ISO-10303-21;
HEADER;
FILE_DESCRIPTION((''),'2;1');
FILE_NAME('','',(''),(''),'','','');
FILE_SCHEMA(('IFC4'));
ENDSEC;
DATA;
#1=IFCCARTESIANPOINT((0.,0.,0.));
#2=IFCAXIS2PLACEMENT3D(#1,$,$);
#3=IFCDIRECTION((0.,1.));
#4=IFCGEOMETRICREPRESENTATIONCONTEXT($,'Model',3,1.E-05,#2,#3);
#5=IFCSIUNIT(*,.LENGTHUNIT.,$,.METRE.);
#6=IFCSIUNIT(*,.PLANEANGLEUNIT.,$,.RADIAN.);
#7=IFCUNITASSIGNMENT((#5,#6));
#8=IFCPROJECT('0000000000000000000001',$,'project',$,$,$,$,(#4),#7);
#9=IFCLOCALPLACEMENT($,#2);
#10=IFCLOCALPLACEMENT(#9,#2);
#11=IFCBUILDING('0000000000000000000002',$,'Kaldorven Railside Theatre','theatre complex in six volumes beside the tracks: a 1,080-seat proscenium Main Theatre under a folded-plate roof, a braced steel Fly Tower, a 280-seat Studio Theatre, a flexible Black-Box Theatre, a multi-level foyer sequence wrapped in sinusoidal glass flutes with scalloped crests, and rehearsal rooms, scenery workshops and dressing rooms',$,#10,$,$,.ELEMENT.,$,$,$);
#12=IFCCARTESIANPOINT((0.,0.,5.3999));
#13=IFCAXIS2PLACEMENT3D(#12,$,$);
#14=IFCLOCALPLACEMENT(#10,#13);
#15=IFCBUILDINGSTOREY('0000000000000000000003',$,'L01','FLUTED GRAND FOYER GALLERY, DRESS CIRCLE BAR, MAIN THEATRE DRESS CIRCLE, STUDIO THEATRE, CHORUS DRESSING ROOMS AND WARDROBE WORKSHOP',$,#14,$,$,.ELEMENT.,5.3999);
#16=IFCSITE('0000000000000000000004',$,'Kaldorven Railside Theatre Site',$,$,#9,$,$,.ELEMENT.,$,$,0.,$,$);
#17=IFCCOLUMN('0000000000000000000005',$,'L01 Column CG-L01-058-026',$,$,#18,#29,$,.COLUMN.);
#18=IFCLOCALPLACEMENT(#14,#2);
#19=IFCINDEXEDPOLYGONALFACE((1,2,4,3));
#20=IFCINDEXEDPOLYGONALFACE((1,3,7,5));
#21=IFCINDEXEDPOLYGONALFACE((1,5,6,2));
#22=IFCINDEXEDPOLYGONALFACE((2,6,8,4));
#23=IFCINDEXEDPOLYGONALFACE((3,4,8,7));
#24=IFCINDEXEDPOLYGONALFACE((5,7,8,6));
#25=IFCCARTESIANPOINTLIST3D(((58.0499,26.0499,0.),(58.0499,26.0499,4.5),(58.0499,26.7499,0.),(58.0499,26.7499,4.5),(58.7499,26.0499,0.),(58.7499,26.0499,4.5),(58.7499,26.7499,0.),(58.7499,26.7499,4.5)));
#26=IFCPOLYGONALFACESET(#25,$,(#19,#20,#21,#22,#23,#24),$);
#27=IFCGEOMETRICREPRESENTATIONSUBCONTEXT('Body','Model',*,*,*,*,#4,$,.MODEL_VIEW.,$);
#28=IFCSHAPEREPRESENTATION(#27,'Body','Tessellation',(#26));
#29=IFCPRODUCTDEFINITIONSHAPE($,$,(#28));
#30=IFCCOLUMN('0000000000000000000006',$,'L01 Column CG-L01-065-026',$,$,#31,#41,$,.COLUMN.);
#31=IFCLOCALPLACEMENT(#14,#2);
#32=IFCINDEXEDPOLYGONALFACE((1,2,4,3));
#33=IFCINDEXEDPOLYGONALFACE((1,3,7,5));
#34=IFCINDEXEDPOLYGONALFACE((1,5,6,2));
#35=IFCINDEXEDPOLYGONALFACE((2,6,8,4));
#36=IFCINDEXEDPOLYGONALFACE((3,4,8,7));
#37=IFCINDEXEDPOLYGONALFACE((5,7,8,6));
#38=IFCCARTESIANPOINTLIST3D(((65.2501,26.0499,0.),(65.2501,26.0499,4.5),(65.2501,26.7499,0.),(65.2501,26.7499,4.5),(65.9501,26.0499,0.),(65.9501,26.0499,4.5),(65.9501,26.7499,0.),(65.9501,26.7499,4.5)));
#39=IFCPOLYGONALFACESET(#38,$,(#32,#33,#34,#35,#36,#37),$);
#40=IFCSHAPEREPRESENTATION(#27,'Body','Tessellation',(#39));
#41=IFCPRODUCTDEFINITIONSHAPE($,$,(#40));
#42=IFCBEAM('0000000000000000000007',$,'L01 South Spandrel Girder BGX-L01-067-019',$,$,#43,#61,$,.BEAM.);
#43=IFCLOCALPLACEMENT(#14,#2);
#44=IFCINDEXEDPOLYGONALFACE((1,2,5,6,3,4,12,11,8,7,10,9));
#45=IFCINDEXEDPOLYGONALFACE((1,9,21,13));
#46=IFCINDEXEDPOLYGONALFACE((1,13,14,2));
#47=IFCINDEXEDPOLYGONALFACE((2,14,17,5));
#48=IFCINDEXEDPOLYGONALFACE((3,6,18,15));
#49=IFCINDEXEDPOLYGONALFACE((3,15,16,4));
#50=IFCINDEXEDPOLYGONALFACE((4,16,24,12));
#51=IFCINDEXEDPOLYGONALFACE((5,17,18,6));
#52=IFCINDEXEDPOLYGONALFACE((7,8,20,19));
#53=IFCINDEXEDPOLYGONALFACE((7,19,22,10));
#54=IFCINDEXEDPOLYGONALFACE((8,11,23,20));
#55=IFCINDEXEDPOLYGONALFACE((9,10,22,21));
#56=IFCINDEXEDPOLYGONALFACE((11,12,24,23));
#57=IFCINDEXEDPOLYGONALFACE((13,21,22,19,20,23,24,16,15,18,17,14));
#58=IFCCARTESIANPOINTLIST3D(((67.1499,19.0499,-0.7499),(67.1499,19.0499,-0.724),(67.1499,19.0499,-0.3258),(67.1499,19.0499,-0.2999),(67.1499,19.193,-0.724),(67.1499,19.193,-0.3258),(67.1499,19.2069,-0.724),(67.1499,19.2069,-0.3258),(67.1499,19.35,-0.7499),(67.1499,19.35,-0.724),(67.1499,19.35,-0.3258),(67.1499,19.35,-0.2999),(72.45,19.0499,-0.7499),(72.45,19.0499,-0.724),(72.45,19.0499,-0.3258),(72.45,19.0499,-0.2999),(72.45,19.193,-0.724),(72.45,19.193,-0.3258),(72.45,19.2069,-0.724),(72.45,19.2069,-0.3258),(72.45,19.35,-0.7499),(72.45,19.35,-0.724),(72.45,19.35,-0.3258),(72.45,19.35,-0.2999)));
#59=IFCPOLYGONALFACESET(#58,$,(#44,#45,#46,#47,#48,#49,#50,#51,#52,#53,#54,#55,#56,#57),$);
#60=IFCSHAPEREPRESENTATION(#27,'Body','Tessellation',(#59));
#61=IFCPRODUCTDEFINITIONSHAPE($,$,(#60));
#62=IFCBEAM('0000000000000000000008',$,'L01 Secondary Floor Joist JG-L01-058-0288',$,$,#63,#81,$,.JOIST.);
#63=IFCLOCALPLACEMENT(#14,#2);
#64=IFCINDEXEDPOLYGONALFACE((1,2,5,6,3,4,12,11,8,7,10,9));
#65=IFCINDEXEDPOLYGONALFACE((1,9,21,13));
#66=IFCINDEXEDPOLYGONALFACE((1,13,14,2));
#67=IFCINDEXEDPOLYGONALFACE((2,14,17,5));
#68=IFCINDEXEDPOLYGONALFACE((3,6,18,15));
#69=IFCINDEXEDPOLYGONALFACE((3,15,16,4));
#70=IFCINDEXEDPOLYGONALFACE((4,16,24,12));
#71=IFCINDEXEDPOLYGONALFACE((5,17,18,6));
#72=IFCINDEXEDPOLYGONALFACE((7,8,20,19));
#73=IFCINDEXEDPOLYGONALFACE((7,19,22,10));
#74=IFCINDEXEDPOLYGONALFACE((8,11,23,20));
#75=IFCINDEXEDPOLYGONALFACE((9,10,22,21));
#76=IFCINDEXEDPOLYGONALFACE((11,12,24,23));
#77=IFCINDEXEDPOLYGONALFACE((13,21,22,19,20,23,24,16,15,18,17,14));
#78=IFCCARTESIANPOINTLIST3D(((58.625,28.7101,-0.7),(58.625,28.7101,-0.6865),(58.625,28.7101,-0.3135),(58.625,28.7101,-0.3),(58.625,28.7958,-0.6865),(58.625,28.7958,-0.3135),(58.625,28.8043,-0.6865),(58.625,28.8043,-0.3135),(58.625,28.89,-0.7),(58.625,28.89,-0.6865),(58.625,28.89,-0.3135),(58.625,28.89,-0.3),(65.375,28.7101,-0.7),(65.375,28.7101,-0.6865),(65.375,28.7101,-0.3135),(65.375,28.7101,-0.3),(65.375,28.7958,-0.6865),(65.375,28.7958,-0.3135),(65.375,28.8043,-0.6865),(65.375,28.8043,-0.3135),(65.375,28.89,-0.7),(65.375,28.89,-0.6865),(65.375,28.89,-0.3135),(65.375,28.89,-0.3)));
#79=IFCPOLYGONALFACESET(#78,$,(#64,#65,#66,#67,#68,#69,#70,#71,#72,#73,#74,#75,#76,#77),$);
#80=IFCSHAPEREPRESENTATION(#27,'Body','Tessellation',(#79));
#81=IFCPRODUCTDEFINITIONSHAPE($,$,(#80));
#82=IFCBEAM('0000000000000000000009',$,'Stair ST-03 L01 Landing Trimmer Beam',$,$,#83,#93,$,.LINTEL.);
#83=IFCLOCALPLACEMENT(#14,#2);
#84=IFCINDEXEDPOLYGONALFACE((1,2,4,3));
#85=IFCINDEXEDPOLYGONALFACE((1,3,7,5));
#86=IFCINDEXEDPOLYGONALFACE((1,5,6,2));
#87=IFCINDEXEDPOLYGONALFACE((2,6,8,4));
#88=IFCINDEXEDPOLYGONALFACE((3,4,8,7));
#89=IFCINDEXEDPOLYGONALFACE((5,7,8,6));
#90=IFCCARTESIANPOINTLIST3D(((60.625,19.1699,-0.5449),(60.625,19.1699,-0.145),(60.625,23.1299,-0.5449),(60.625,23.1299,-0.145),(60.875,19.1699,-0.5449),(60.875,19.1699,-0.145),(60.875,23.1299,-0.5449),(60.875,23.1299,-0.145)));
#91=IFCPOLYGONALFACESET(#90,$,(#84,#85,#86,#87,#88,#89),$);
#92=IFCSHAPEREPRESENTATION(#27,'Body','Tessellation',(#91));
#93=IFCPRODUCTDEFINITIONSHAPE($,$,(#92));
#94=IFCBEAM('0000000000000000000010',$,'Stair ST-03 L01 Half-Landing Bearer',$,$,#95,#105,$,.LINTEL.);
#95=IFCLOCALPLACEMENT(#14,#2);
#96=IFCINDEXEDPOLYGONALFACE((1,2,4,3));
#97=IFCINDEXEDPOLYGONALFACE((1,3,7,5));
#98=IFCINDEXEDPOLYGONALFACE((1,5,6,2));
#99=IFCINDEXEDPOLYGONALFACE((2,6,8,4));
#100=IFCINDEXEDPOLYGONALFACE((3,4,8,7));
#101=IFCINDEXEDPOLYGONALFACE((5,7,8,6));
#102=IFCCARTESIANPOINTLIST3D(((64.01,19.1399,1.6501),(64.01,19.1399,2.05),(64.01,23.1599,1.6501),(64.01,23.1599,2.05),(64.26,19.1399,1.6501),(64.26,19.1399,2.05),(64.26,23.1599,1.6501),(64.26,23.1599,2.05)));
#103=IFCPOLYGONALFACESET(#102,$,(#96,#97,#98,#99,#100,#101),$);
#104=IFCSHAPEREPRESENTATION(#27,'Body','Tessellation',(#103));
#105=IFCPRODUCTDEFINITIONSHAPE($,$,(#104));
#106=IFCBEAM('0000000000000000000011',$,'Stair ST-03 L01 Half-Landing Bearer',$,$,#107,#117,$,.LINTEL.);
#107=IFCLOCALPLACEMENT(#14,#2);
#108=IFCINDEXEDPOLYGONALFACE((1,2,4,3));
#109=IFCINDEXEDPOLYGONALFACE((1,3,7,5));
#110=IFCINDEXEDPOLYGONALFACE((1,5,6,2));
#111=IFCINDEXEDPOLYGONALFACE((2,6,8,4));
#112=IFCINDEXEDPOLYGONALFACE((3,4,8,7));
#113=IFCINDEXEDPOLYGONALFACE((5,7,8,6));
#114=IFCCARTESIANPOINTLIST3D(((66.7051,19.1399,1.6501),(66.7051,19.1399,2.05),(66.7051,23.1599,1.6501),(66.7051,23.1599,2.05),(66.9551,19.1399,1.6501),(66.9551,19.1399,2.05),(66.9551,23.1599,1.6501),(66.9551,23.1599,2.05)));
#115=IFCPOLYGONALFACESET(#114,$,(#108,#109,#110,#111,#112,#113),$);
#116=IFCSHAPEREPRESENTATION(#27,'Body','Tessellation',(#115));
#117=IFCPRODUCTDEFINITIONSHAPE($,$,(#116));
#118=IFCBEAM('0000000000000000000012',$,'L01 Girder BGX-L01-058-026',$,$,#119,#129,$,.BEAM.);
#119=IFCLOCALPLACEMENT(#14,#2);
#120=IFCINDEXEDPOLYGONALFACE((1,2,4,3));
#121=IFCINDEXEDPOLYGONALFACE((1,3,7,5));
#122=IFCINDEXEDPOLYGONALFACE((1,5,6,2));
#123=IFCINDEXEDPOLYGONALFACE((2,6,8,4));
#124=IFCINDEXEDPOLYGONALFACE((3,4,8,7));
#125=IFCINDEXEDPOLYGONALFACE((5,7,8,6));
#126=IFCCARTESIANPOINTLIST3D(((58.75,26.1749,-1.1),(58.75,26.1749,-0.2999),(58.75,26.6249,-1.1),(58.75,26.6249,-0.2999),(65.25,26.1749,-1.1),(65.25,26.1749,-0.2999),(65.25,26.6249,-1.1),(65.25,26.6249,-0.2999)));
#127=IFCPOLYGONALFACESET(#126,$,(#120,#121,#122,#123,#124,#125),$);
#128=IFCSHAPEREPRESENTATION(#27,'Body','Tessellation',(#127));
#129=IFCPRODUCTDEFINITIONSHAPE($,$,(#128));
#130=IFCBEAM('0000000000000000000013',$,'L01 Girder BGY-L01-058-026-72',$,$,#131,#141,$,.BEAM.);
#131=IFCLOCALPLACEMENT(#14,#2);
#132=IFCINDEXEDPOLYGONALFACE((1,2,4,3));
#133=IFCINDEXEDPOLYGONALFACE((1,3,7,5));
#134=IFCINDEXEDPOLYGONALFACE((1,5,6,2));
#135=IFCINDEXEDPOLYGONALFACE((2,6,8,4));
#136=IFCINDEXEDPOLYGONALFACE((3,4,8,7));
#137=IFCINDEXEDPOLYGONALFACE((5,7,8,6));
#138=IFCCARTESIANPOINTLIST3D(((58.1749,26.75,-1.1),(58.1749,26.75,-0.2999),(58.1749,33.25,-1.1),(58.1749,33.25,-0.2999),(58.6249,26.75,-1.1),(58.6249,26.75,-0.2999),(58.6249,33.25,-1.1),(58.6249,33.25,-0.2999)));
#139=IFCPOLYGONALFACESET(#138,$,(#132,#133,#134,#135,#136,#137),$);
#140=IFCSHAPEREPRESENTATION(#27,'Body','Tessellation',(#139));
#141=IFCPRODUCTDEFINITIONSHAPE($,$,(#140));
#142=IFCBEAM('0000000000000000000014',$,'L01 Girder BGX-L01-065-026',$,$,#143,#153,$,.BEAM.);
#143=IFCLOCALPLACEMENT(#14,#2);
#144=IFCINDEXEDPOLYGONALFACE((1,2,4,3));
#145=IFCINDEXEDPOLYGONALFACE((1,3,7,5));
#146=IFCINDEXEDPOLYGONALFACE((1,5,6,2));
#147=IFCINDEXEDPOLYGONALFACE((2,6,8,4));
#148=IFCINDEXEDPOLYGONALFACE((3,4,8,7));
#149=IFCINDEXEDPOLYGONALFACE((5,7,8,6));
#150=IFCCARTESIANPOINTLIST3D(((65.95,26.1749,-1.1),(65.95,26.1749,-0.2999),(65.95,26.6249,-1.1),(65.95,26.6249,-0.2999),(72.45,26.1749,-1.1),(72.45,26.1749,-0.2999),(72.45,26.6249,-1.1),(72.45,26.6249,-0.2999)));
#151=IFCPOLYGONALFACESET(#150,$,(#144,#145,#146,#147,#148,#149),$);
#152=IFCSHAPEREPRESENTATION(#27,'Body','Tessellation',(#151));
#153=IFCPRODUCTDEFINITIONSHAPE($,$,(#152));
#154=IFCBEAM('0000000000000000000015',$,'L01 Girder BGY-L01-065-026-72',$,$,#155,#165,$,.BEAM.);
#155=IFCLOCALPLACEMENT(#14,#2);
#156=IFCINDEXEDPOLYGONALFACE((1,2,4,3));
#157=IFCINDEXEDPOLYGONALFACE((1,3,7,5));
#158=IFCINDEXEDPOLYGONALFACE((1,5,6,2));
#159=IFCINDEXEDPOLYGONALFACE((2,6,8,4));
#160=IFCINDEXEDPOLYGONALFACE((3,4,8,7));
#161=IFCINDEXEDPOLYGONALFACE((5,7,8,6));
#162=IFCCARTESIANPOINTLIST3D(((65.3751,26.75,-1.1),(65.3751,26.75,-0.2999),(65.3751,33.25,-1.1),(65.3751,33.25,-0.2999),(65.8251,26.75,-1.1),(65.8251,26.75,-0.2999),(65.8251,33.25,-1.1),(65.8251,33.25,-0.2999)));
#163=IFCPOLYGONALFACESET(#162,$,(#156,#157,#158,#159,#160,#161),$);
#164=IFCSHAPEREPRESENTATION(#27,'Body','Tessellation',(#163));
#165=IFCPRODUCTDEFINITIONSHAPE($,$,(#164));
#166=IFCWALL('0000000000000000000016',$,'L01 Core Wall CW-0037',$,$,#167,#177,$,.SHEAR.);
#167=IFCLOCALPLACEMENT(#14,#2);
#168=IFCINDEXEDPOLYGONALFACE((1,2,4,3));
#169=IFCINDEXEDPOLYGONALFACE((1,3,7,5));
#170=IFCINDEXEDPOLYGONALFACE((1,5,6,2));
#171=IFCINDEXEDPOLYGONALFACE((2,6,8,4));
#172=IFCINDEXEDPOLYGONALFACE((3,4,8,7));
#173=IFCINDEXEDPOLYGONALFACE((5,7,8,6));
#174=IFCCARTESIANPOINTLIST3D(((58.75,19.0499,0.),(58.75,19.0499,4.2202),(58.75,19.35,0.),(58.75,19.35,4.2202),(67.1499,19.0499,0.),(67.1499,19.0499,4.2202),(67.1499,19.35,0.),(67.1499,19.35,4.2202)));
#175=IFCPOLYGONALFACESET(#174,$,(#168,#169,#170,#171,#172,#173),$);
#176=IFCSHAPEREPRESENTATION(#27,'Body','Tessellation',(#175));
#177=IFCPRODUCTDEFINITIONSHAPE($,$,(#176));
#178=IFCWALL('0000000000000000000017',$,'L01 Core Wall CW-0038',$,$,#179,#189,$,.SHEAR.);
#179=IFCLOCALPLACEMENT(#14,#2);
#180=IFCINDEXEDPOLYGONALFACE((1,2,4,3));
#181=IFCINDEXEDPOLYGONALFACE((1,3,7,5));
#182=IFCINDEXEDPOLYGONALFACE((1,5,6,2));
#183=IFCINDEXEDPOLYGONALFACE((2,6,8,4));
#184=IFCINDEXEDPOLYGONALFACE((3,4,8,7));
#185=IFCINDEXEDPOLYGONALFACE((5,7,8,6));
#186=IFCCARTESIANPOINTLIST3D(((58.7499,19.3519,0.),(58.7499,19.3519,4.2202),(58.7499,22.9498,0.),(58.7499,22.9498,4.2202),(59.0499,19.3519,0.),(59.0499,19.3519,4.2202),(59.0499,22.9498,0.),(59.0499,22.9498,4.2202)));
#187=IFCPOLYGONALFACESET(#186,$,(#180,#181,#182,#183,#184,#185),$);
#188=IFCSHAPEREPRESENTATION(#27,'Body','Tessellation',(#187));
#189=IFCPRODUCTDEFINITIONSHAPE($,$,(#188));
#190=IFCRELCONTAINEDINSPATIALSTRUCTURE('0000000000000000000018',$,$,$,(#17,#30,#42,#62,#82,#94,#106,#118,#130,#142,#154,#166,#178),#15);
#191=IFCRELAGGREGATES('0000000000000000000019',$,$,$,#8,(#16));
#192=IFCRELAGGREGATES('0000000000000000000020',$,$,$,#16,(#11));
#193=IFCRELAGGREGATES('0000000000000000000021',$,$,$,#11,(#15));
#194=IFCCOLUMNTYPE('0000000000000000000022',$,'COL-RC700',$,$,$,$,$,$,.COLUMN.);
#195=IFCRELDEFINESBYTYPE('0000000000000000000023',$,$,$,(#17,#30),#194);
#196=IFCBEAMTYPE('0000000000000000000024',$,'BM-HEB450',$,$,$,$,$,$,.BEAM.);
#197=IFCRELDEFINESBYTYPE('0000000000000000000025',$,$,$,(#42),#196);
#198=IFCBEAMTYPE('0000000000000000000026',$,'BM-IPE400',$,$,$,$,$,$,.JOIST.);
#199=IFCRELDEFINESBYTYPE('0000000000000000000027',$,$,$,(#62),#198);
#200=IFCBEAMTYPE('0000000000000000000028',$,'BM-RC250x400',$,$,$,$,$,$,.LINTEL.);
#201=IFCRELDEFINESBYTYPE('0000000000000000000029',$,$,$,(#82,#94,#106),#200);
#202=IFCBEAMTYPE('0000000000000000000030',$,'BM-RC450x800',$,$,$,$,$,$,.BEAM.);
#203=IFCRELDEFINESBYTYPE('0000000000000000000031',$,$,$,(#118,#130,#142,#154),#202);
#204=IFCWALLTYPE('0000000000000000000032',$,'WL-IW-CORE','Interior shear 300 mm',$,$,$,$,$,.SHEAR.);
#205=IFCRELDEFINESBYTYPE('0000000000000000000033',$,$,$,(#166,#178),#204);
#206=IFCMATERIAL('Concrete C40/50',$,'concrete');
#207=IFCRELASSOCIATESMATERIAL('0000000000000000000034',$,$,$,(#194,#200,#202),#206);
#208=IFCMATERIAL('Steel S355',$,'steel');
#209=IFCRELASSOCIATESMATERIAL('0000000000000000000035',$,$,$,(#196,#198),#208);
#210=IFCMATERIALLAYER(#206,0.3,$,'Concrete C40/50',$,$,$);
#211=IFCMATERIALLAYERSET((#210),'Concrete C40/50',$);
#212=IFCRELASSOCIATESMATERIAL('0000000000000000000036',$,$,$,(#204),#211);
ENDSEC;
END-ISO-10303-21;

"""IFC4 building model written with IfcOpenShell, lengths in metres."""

from ifc_helpers import new_model, si_unit, direction, frame, frame_2d, origin, origin_2d, place, context, subcontext, project, spatial, rectangle, i_section, extrude, material, layer, layer_set, material_profile, profile_set, type_object, element, save


model = new_model("IFC4")

# Units and contexts
model_context = context("Model", 3, precision=1e-05, world=origin(), true_north=direction((0.0, 1.0)))
body_context = subcontext(model_context, "Body", "Model", "MODEL_VIEW")
ifc_project = project(units=[si_unit("LENGTHUNIT", "METRE"), si_unit("PLANEANGLEUNIT", "RADIAN")], contexts=[model_context])

# Site, building, storey
site_placement = place(None, origin())
site = spatial("IfcSite", under=ifc_project, at=site_placement, Name="Kaldorven Railside Theatre Site", CompositionType="ELEMENT", RefElevation=0.0)
building_placement = place(site_placement, origin())
building = spatial("IfcBuilding", under=site, at=building_placement, Name="Kaldorven Railside Theatre", Description="theatre complex in six volumes beside the tracks: a 1,080-seat proscenium Main Theatre under a folded-plate roof, a braced steel Fly Tower, a 280-seat Studio Theatre, a flexible Black-Box Theatre, a multi-level foyer sequence wrapped in sinusoidal glass flutes with scalloped crests, and rehearsal rooms, scenery workshops and dressing rooms", CompositionType="ELEMENT")
storey_placement = place(building_placement, frame((0.0, 0.0, 5.3999)))
storey = spatial("IfcBuildingStorey", under=building, at=storey_placement, Name="L01", Description="FLUTED GRAND FOYER GALLERY, DRESS CIRCLE BAR, MAIN THEATRE DRESS CIRCLE, STUDIO THEATRE, CHORUS DRESSING ROOMS AND WARDROBE WORKSHOP", CompositionType="ELEMENT", Elevation=5.3999)

# Columns
ifc_material_1 = material(Name="Concrete C40/50", Category="concrete")
ifc_material_profile_1 = material_profile(ifc_material_1, rectangle(XDim=0.7, YDim=0.7, at=origin_2d()), Name="RC 700x700")
ifc_profile_set_1 = profile_set([ifc_material_profile_1], Name="Concrete C40/50")
column_type = type_object("IfcColumnType", Name="COL-RC700", PredefinedType="COLUMN", material=ifc_profile_set_1)
for number, where, z_axis, x_axis, name in (
    (1, (58.3999, 26.3999, 0.0), (0.0, 0.0, 1.0), (1.0, 0.0, 0.0), "L01 Column CG-L01-058-026"),
    (2, (65.6001, 26.3999, 0.0), (0.0, 0.0, 1.0), (1.0, 0.0, 0.0), "L01 Column CG-L01-065-026"),
):
    element("IfcColumn", number, at=place(storey_placement, frame(where, z_axis=z_axis, x_axis=x_axis)), inside=storey, type_object=column_type, Name=name, PredefinedType="COLUMN", context=body_context, shape_type="SweptSolid", body=[
        extrude(rectangle(XDim=0.7, YDim=0.7, at=origin_2d()), origin(), (0.0, 0.0, 1.0), 4.5),
    ])

# Beams
ifc_material_2 = material(Name="Steel S355", Category="steel")
ifc_material_profile_2 = material_profile(ifc_material_2, i_section(OverallWidth=0.3, OverallDepth=0.45, WebThickness=0.0139, FlangeThickness=0.0259, at=origin_2d()), Name="HEB 450")
ifc_profile_set_2 = profile_set([ifc_material_profile_2], Name="Steel S355")
beam_type_1 = type_object("IfcBeamType", Name="BM-HEB450", PredefinedType="BEAM", material=ifc_profile_set_2)
beam_1_placement = place(storey_placement, frame((67.1499, 19.2, -0.5249), z_axis=(1.0, 0.0, 0.0), x_axis=(0.0, 1.0, 0.0)))
element("IfcBeam", 3, at=beam_1_placement, inside=storey, type_object=beam_type_1, Name="L01 South Spandrel Girder BGX-L01-067-019", PredefinedType="BEAM", context=body_context, shape_type="SweptSolid", body=[
    extrude(i_section(OverallWidth=0.3, OverallDepth=0.45, WebThickness=0.0139, FlangeThickness=0.0259, at=origin_2d()), origin(), (0.0, 0.0, 1.0), 5.3),
])
ifc_material_profile_3 = material_profile(ifc_material_2, i_section(OverallWidth=0.1799, OverallDepth=0.3999, WebThickness=0.0085, FlangeThickness=0.0134, at=origin_2d()), Name="IPE 400")
ifc_profile_set_3 = profile_set([ifc_material_profile_3], Name="Steel S355")
beam_type_2 = type_object("IfcBeamType", Name="BM-IPE400", PredefinedType="JOIST", material=ifc_profile_set_3)
beam_2_placement = place(storey_placement, frame((58.625, 28.8, -0.5), z_axis=(1.0, 0.0, 0.0), x_axis=(0.0, 1.0, 0.0)))
element("IfcBeam", 4, at=beam_2_placement, inside=storey, type_object=beam_type_2, Name="L01 Secondary Floor Joist JG-L01-058-0288", PredefinedType="JOIST", context=body_context, shape_type="SweptSolid", body=[
    extrude(i_section(OverallWidth=0.1799, OverallDepth=0.3999, WebThickness=0.0085, FlangeThickness=0.0134, at=origin_2d()), origin(), (0.0, 0.0, 1.0), 6.75),
])
ifc_material_profile_4 = material_profile(ifc_material_1, rectangle(XDim=0.25, YDim=0.3999, at=origin_2d()), Name="RC 250x400")
ifc_profile_set_4 = profile_set([ifc_material_profile_4], Name="Concrete C40/50")
beam_type_3 = type_object("IfcBeamType", Name="BM-RC250x400", PredefinedType="LINTEL", material=ifc_profile_set_4)
beam_3_placement = place(storey_placement, frame((60.75, 19.1699, -0.345), z_axis=(0.0, 1.0, 0.0), x_axis=(-1.0, 0.0, 0.0)))
element("IfcBeam", 5, at=beam_3_placement, inside=storey, type_object=beam_type_3, Name="Stair ST-03 L01 Landing Trimmer Beam", PredefinedType="LINTEL", context=body_context, shape_type="SweptSolid", body=[
    extrude(rectangle(XDim=0.25, YDim=0.3999, at=origin_2d()), origin(), (0.0, 0.0, 1.0), 3.96),
])
for number, where, z_axis, x_axis, name in (
    (6, (64.135, 19.1399, 1.8501), (0.0, 1.0, 0.0), (-1.0, 0.0, 0.0), "Stair ST-03 L01 Half-Landing Bearer"),
    (7, (66.8301, 19.1399, 1.8501), (0.0, 1.0, 0.0), (-1.0, 0.0, 0.0), "Stair ST-03 L01 Half-Landing Bearer"),
):
    element("IfcBeam", number, at=place(storey_placement, frame(where, z_axis=z_axis, x_axis=x_axis)), inside=storey, type_object=beam_type_3, Name=name, PredefinedType="LINTEL", context=body_context, shape_type="SweptSolid", body=[
        extrude(rectangle(XDim=0.25, YDim=0.3999, at=origin_2d()), origin(), (0.0, 0.0, 1.0), 4.02),
    ])
ifc_material_profile_5 = material_profile(ifc_material_1, rectangle(XDim=0.45, YDim=0.8, at=origin_2d()), Name="RC 450x800")
ifc_profile_set_5 = profile_set([ifc_material_profile_5], Name="Concrete C40/50")
beam_type_4 = type_object("IfcBeamType", Name="BM-RC450x800", PredefinedType="BEAM", material=ifc_profile_set_5)
for number, where, z_axis, x_axis, name in (
    (8, (58.75, 26.3999, -0.7), (1.0, 0.0, 0.0), (0.0, 1.0, 0.0), "L01 Girder BGX-L01-058-026"),
    (9, (58.3999, 26.75, -0.7), (0.0, 1.0, 0.0), (-1.0, 0.0, 0.0), "L01 Girder BGY-L01-058-026-72"),
    (10, (65.95, 26.3999, -0.7), (1.0, 0.0, 0.0), (0.0, 1.0, 0.0), "L01 Girder BGX-L01-065-026"),
    (11, (65.6001, 26.75, -0.7), (0.0, 1.0, 0.0), (-1.0, 0.0, 0.0), "L01 Girder BGY-L01-065-026-72"),
):
    element("IfcBeam", number, at=place(storey_placement, frame(where, z_axis=z_axis, x_axis=x_axis)), inside=storey, type_object=beam_type_4, Name=name, PredefinedType="BEAM", context=body_context, shape_type="SweptSolid", body=[
        extrude(rectangle(XDim=0.45, YDim=0.8, at=origin_2d()), origin(), (0.0, 0.0, 1.0), 6.5),
    ])

# Walls
ifc_layer_1 = layer(ifc_material_1, 0.3, Name="Concrete C40/50")
ifc_layer_set_1 = layer_set([ifc_layer_1], Name="Concrete C40/50")
wall_type_1 = type_object("IfcWallType", Name="WL-IW-CORE", Description="Interior shear 300 mm", PredefinedType="SHEAR", material=ifc_layer_set_1)
wall_1_placement = place(storey_placement, frame((67.1499, 19.2, 0.0), z_axis=(0.0, 0.0, 1.0), x_axis=(-1.0, 0.0, 0.0)))
element("IfcWall", 12, at=wall_1_placement, inside=storey, type_object=wall_type_1, Name="L01 Core Wall CW-0037", PredefinedType="SHEAR", context=body_context, shape_type="SweptSolid", body=[
    extrude(rectangle(XDim=8.3999, YDim=0.3, at=frame_2d((4.2, 0.0))), origin(), (0.0, 0.0, 1.0), 4.2202),
])
wall_2_placement = place(storey_placement, frame((58.8999, 19.3521, 0.0), z_axis=(0.0, 0.0, 1.0), x_axis=(0.0, 1.0, 0.0)))
element("IfcWall", 13, at=wall_2_placement, inside=storey, type_object=wall_type_1, Name="L01 Core Wall CW-0038", PredefinedType="SHEAR", context=body_context, shape_type="SweptSolid", body=[
    extrude(rectangle(XDim=3.5979, YDim=0.3, at=frame_2d((1.7988, 0.0))), origin(), (0.0, 0.0, 1.0), 4.2202),
])

save(model, "model.ifc")
